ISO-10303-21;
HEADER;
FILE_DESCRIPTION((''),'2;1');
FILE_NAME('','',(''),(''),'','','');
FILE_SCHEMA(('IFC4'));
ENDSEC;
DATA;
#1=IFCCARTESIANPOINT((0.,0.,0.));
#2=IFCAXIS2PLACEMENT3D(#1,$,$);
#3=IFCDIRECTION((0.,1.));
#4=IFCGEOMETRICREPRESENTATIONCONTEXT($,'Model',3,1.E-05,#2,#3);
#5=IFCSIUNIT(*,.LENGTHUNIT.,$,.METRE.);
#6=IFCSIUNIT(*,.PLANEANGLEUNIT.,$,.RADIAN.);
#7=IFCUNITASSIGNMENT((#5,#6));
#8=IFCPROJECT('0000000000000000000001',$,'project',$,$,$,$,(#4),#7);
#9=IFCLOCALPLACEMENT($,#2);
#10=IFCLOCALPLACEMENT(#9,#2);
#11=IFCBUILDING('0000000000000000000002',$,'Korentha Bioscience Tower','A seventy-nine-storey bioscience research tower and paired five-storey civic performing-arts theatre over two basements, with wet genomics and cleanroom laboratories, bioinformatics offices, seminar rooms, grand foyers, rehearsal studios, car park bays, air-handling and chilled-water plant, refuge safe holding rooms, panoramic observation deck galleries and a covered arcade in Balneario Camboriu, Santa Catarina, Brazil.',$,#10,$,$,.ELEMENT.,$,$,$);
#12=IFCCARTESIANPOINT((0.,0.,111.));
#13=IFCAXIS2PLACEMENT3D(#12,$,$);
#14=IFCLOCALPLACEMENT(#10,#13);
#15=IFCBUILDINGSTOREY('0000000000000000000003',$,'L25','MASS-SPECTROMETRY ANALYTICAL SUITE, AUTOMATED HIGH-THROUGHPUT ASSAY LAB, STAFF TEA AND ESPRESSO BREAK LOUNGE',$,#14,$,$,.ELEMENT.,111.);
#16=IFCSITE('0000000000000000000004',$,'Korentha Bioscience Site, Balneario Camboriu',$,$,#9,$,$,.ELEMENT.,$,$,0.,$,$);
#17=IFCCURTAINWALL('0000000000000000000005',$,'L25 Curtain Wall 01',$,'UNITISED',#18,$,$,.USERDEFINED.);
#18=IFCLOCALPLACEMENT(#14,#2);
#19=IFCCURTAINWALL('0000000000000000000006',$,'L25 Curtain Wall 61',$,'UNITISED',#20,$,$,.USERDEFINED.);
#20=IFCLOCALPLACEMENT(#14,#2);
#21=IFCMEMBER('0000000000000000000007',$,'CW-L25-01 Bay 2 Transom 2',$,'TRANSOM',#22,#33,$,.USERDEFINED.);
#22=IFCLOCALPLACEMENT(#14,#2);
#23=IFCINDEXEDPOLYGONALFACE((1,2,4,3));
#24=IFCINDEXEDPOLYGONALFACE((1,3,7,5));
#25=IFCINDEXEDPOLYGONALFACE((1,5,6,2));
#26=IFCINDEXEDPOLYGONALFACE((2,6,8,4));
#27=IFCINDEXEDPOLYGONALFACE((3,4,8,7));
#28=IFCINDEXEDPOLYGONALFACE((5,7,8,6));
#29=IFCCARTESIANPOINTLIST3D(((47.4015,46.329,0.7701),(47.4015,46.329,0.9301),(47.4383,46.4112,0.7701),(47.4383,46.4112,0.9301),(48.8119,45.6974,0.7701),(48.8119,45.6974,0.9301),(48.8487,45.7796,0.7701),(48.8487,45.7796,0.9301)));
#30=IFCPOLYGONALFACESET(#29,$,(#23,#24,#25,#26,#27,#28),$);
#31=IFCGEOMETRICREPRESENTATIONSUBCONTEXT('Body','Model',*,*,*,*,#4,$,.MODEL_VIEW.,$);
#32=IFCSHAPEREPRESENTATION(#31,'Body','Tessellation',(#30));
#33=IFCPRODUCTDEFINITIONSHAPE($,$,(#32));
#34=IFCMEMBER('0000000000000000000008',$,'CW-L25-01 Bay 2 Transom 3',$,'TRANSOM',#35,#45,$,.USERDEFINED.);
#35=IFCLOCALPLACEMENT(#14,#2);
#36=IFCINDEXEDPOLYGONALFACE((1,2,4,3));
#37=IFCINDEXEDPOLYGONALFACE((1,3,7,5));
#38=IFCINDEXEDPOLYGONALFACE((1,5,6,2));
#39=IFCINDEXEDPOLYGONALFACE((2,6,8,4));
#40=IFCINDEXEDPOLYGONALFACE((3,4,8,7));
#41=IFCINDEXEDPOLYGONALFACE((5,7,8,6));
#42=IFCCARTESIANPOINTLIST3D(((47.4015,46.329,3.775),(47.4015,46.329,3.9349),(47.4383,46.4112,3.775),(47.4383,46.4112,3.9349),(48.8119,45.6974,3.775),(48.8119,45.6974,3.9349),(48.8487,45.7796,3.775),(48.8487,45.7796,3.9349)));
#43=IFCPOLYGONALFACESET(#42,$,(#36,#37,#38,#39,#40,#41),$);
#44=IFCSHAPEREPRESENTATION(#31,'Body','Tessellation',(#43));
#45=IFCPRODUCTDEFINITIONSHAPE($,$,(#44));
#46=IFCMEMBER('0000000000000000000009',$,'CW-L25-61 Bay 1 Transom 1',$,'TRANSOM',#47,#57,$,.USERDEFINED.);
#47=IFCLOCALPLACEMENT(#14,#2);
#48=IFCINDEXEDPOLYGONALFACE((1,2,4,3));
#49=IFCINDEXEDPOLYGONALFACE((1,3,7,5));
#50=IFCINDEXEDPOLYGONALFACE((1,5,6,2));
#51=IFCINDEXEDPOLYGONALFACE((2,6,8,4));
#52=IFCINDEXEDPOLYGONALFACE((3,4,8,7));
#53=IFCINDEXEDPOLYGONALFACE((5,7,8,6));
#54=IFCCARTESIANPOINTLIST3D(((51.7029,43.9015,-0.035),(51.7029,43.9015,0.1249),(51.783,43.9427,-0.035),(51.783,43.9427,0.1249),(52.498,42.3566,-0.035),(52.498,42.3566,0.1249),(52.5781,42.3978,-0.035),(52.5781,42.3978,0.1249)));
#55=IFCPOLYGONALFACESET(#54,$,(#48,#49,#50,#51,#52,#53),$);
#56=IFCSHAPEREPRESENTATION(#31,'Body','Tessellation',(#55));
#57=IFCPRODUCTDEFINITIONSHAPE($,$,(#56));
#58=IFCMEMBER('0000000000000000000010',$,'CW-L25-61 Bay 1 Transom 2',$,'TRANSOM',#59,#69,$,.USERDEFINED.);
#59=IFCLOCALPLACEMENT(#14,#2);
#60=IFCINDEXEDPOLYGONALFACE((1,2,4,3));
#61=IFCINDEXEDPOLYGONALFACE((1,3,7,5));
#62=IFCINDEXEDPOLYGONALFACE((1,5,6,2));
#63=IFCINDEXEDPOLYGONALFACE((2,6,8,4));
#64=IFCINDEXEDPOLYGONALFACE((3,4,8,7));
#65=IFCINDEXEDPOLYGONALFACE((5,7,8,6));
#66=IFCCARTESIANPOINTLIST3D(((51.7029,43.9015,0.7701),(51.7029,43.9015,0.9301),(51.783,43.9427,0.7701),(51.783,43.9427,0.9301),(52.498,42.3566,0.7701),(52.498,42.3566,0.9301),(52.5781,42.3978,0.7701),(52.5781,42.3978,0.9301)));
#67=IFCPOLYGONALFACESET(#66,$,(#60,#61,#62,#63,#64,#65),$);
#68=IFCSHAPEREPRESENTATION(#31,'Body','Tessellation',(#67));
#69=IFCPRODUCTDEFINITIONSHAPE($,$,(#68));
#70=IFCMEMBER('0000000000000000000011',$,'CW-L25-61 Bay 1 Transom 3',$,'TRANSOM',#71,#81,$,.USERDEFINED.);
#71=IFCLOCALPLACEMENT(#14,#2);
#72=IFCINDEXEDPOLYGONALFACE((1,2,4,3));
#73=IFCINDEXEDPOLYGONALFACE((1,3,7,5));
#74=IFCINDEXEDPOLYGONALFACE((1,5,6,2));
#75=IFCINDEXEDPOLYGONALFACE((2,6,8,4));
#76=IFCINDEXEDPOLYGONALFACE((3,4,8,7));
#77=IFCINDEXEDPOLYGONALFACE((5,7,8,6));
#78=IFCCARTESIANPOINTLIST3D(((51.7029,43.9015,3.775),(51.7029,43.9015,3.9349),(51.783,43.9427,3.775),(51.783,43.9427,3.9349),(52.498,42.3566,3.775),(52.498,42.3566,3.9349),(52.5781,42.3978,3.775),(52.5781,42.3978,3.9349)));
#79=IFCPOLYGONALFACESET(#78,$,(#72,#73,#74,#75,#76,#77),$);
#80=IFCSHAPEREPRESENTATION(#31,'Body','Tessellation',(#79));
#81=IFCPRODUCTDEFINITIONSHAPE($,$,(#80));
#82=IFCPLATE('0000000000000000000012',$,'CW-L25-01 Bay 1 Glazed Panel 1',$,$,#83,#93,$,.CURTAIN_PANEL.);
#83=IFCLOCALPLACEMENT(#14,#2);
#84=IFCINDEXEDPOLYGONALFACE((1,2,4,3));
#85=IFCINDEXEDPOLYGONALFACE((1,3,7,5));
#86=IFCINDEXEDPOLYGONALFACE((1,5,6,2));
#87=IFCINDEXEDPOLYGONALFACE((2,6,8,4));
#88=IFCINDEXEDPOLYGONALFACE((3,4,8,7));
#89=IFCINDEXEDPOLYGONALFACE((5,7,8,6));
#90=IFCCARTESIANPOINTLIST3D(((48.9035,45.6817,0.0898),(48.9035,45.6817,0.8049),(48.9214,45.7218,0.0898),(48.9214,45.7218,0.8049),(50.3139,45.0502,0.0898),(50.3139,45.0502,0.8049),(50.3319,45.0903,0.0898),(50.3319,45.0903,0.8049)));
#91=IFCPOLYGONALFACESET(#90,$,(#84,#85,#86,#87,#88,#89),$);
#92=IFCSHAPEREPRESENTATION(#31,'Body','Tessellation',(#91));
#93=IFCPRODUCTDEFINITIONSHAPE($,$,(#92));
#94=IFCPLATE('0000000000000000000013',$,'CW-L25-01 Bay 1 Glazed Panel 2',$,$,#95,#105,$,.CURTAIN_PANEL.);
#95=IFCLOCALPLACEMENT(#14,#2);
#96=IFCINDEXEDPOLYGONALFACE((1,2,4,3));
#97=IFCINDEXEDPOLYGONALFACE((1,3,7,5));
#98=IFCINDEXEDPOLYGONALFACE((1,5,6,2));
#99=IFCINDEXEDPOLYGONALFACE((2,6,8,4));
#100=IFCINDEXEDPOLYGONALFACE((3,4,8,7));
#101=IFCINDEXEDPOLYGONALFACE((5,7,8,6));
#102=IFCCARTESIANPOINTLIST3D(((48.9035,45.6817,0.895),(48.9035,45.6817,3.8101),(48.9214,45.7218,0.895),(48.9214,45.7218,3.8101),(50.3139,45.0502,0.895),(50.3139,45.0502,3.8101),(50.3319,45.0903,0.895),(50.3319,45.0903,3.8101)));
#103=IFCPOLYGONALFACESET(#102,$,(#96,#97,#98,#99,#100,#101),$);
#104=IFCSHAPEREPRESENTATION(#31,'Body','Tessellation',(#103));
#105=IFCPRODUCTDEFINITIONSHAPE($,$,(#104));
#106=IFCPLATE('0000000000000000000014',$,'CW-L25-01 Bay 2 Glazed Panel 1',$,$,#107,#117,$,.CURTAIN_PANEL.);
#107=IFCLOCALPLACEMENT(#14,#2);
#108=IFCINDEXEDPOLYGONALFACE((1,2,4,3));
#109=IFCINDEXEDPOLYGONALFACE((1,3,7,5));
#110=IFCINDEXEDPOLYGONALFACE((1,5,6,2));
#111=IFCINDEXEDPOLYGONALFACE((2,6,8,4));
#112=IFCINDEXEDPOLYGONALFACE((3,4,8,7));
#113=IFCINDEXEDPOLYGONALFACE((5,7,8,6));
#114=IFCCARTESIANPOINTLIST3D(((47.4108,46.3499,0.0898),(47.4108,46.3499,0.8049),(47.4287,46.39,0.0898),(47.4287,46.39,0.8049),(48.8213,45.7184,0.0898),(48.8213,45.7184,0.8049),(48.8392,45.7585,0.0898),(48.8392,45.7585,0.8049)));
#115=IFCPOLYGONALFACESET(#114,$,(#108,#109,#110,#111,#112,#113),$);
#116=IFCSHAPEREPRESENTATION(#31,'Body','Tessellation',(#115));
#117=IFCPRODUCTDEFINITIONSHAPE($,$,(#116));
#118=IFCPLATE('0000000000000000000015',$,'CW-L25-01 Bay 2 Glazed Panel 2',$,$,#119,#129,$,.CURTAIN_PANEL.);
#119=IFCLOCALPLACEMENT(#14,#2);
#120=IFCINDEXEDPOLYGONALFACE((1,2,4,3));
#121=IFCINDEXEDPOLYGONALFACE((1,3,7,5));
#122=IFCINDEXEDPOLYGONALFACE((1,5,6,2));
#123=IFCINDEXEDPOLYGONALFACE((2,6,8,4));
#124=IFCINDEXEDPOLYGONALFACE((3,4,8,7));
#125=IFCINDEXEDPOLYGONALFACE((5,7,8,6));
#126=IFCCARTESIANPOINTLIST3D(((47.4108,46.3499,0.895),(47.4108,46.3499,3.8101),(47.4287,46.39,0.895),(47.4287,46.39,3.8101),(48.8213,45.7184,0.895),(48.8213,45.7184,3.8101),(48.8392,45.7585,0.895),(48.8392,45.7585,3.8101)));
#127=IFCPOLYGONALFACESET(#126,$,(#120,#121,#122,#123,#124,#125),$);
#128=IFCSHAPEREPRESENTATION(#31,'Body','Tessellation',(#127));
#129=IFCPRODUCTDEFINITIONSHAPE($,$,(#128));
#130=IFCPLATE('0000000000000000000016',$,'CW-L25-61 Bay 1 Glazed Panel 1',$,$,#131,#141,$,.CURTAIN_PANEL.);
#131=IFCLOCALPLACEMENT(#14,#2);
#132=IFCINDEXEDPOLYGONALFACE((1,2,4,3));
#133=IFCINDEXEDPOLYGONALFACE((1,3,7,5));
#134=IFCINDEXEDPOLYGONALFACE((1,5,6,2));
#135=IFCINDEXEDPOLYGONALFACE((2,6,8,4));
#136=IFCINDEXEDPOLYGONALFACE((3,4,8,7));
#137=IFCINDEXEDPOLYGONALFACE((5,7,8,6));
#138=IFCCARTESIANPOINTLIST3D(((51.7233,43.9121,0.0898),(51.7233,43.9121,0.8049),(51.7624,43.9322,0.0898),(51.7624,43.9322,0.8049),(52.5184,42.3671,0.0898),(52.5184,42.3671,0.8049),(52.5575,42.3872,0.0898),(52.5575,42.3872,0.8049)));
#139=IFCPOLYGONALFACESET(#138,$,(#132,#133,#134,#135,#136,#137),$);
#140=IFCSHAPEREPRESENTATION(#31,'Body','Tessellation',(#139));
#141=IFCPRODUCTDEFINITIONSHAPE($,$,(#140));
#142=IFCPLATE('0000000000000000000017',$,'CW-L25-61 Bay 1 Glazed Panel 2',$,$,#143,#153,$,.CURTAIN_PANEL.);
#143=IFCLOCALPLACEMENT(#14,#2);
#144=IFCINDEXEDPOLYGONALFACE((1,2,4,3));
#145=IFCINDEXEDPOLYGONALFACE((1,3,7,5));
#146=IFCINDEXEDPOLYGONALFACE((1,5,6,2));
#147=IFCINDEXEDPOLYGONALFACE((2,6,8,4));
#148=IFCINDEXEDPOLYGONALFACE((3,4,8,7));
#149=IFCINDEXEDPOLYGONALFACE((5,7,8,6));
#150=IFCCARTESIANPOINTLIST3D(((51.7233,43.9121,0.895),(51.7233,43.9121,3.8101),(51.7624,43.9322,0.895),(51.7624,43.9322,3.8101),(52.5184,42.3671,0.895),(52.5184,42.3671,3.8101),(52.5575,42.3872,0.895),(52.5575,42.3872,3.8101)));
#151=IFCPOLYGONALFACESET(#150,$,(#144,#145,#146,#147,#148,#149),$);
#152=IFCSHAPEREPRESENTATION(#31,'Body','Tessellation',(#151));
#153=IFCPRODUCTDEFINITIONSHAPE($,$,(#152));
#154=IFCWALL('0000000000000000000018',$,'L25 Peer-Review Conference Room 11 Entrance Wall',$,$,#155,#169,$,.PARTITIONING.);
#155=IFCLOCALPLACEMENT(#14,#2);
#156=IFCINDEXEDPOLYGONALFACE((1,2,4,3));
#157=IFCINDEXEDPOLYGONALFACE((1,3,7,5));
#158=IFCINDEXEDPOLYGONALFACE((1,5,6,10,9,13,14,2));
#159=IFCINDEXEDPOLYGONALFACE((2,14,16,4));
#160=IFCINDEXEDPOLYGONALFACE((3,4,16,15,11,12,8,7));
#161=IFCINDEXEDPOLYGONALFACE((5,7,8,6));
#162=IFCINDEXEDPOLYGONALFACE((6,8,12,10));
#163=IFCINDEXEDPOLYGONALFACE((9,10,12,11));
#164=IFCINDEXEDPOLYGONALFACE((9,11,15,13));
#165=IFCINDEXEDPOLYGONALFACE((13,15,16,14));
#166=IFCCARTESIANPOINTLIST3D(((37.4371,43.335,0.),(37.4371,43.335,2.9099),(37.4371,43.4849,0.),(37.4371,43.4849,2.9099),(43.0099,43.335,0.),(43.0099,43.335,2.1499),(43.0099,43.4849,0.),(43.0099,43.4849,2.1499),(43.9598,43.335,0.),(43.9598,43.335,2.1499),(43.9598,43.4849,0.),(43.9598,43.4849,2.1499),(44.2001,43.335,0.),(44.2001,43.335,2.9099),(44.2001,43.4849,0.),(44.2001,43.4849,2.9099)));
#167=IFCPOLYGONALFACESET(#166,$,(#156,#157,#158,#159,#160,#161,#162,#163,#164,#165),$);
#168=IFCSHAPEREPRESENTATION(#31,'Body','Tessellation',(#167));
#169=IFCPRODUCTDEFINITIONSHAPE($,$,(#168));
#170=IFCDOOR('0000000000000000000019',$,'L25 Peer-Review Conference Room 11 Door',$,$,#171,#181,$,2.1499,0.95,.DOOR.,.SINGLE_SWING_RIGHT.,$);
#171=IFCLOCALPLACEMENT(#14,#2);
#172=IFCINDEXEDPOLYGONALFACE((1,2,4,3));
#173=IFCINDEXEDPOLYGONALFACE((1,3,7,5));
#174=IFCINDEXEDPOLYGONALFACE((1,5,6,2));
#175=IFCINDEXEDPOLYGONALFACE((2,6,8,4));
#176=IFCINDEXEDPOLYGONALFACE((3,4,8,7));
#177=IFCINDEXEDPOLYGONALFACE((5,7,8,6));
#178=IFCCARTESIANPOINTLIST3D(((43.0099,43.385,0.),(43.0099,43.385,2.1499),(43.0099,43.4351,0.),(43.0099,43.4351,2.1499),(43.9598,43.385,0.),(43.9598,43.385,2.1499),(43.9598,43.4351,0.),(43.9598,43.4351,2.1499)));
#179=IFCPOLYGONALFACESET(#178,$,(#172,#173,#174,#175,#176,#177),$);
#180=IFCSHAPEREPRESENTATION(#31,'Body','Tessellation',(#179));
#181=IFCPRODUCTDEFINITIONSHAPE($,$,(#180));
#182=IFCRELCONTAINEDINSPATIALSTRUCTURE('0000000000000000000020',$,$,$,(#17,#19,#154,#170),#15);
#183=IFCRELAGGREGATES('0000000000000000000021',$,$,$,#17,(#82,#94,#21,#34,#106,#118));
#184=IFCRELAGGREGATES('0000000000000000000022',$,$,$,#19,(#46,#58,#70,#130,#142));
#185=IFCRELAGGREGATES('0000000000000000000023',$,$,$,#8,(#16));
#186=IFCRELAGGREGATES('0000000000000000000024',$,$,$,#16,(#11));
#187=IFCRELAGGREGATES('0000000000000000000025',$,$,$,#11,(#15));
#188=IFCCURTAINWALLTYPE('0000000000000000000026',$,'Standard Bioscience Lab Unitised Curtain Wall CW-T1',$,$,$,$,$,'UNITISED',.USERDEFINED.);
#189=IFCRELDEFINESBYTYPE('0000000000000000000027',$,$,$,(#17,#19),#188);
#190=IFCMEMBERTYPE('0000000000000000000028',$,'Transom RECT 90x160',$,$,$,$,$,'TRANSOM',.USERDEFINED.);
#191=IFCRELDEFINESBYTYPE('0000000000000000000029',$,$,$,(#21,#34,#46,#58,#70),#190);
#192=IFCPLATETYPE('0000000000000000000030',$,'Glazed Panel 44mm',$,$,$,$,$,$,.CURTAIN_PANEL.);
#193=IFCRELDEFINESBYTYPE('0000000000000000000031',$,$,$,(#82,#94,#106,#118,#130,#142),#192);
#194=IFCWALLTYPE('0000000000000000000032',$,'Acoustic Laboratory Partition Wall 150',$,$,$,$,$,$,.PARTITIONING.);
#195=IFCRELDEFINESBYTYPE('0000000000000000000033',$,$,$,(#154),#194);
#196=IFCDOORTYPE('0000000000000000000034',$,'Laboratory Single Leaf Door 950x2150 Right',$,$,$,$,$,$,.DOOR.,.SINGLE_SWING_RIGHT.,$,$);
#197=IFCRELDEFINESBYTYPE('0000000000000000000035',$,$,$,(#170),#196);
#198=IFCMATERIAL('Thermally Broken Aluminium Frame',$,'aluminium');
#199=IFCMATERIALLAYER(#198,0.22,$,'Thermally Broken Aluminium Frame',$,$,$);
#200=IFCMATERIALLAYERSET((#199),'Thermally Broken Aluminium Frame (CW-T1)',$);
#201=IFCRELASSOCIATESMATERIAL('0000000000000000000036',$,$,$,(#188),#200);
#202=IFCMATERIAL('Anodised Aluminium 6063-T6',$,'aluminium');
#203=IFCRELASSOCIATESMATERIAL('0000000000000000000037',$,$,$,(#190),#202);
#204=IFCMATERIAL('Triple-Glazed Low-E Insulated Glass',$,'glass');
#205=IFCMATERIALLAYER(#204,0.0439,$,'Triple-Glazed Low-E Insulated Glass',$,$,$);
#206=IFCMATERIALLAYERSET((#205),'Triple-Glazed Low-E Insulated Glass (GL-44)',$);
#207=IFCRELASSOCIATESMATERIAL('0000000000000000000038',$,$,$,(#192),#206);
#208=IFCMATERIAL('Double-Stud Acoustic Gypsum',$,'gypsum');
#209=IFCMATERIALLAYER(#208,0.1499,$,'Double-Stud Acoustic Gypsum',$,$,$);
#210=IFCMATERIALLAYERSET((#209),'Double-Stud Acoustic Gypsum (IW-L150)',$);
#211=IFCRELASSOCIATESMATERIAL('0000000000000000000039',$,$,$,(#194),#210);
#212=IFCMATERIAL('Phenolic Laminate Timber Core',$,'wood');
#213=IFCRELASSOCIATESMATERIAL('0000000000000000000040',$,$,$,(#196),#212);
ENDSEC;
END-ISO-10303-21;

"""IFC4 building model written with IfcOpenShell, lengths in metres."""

from ifc_helpers import new_model, si_unit, direction, frame, frame_2d, origin, origin_2d, place, context, subcontext, project, spatial, rectangle, extrude, material, layer, layer_set, material_profile, profile_set, type_object, element, fill, aggregate, save


model = new_model("IFC4")

# Units and contexts
model_context = context("Model", 3, precision=1e-05, world=origin(), true_north=direction((0.0, 1.0)))
body_context = subcontext(model_context, "Body", "Model", "MODEL_VIEW")
ifc_project = project(units=[si_unit("LENGTHUNIT", "METRE"), si_unit("PLANEANGLEUNIT", "RADIAN")], contexts=[model_context])

# Site, building, storey
site_placement = place(None, origin())
site = spatial("IfcSite", under=ifc_project, at=site_placement, Name="Korentha Bioscience Site, Balneario Camboriu", CompositionType="ELEMENT", RefElevation=0.0)
building_placement = place(site_placement, origin())
building = spatial("IfcBuilding", under=site, at=building_placement, Name="Korentha Bioscience Tower", Description="A seventy-nine-storey bioscience research tower and paired five-storey civic performing-arts theatre over two basements, with wet genomics and cleanroom laboratories, bioinformatics offices, seminar rooms, grand foyers, rehearsal studios, car park bays, air-handling and chilled-water plant, refuge safe holding rooms, panoramic observation deck galleries and a covered arcade in Balneario Camboriu, Santa Catarina, Brazil.", CompositionType="ELEMENT")
storey_placement = place(building_placement, frame((0.0, 0.0, 111.0)))
storey = spatial("IfcBuildingStorey", under=building, at=storey_placement, Name="L25", Description="MASS-SPECTROMETRY ANALYTICAL SUITE, AUTOMATED HIGH-THROUGHPUT ASSAY LAB, STAFF TEA AND ESPRESSO BREAK LOUNGE", CompositionType="ELEMENT", Elevation=111.0)

# Curtain walls
ifc_material_1 = material(Name="Thermally Broken Aluminium Frame", Category="aluminium")
ifc_layer_1 = layer(ifc_material_1, 0.22, Name="Thermally Broken Aluminium Frame")
ifc_layer_set_1 = layer_set([ifc_layer_1], Name="Thermally Broken Aluminium Frame (CW-T1)")
curtain_wall_type = type_object("IfcCurtainWallType", Name="Standard Bioscience Lab Unitised Curtain Wall CW-T1", ElementType="UNITISED", PredefinedType="USERDEFINED", material=ifc_layer_set_1)
curtain_wall_1_placement = place(storey_placement, origin())
curtain_wall_1 = element("IfcCurtainWall", 1, at=curtain_wall_1_placement, inside=storey, type_object=curtain_wall_type, Name="L25 Curtain Wall 01", ObjectType="UNITISED", PredefinedType="USERDEFINED")
ifc_material_2 = material(Name="Anodised Aluminium 6063-T6", Category="aluminium")
curtain_wall_2_placement = place(storey_placement, origin())
curtain_wall_2 = element("IfcCurtainWall", 2, at=curtain_wall_2_placement, inside=storey, type_object=curtain_wall_type, Name="L25 Curtain Wall 61", ObjectType="UNITISED", PredefinedType="USERDEFINED")

# Members
ifc_material_profile_1 = material_profile(ifc_material_2, rectangle(XDim=0.0901, YDim=0.1599, at=origin_2d()), Name="Anodised Aluminium 6063-T6")
ifc_profile_set_1 = profile_set([ifc_material_profile_1], Name="Anodised Aluminium 6063-T6 (CW-TRN)")
member_type_1 = type_object("IfcMemberType", Name="Transom RECT 90x160", ElementType="TRANSOM", PredefinedType="USERDEFINED", material=ifc_profile_set_1)
member_1_placement = place(storey_placement, frame((48.8303, 45.7385, 0.8501), z_axis=(-0.912668, 0.408702, 0.0), x_axis=(-0.408702, -0.912668, 0.0)))
member_1 = element("IfcMember", 3, at=member_1_placement, type_object=member_type_1, Name="CW-L25-01 Bay 2 Transom 2", ObjectType="TRANSOM", PredefinedType="USERDEFINED", context=body_context, shape_type="SweptSolid", body=[
    extrude(rectangle(XDim=0.0901, YDim=0.1599, at=origin_2d()), origin(), (0.0, 0.0, 1.0), 1.5454),
])
member_2_placement = place(storey_placement, frame((48.8303, 45.7385, 3.855), z_axis=(-0.912668, 0.408702, 0.0), x_axis=(-0.408702, -0.912668, 0.0)))
member_2 = element("IfcMember", 4, at=member_2_placement, type_object=member_type_1, Name="CW-L25-01 Bay 2 Transom 3", ObjectType="TRANSOM", PredefinedType="USERDEFINED", context=body_context, shape_type="SweptSolid", body=[
    extrude(rectangle(XDim=0.0901, YDim=0.1599, at=origin_2d()), origin(), (0.0, 0.0, 1.0), 1.5454),
])
member_3_placement = place(storey_placement, frame((52.5381, 42.3772, 0.0449), z_axis=(-0.457637, 0.889139, 0.0), x_axis=(-0.889139, -0.457637, 0.0)))
member_3 = element("IfcMember", 5, at=member_3_placement, type_object=member_type_1, Name="CW-L25-61 Bay 1 Transom 1", ObjectType="TRANSOM", PredefinedType="USERDEFINED", context=body_context, shape_type="SweptSolid", body=[
    extrude(rectangle(XDim=0.0901, YDim=0.1599, at=origin_2d()), origin(), (0.0, 0.0, 1.0), 1.7375),
])
member_4_placement = place(storey_placement, frame((52.5381, 42.3772, 0.8501), z_axis=(-0.457637, 0.889139, 0.0), x_axis=(-0.889139, -0.457637, 0.0)))
member_4 = element("IfcMember", 6, at=member_4_placement, type_object=member_type_1, Name="CW-L25-61 Bay 1 Transom 2", ObjectType="TRANSOM", PredefinedType="USERDEFINED", context=body_context, shape_type="SweptSolid", body=[
    extrude(rectangle(XDim=0.0901, YDim=0.1599, at=origin_2d()), origin(), (0.0, 0.0, 1.0), 1.7375),
])
member_5_placement = place(storey_placement, frame((52.5381, 42.3772, 3.855), z_axis=(-0.457637, 0.889139, 0.0), x_axis=(-0.889139, -0.457637, 0.0)))
member_5 = element("IfcMember", 7, at=member_5_placement, type_object=member_type_1, Name="CW-L25-61 Bay 1 Transom 3", ObjectType="TRANSOM", PredefinedType="USERDEFINED", context=body_context, shape_type="SweptSolid", body=[
    extrude(rectangle(XDim=0.0901, YDim=0.1599, at=origin_2d()), origin(), (0.0, 0.0, 1.0), 1.7375),
])

# Plates
ifc_material_3 = material(Name="Triple-Glazed Low-E Insulated Glass", Category="glass")
ifc_layer_2 = layer(ifc_material_3, 0.0439, Name="Triple-Glazed Low-E Insulated Glass")
ifc_layer_set_2 = layer_set([ifc_layer_2], Name="Triple-Glazed Low-E Insulated Glass (GL-44)")
plate_type = type_object("IfcPlateType", Name="Glazed Panel 44mm", PredefinedType="CURTAIN_PANEL", material=ifc_layer_set_2)
plate_1_placement = place(storey_placement, frame((49.6177, 45.386, 0.0898), z_axis=(0.0, 0.0, 1.0), x_axis=(-0.912687, 0.40866, 0.0)))
plate_1 = element("IfcPlate", 8, at=plate_1_placement, type_object=plate_type, Name="CW-L25-01 Bay 1 Glazed Panel 1", PredefinedType="CURTAIN_PANEL", context=body_context, shape_type="SweptSolid", body=[
    extrude(rectangle(XDim=1.5454, YDim=0.0439, at=origin_2d()), origin(), (0.0, 0.0, 1.0), 0.7151),
])
plate_2_placement = place(storey_placement, frame((49.6177, 45.386, 0.895), z_axis=(0.0, 0.0, 1.0), x_axis=(-0.912687, 0.40866, 0.0)))
plate_2 = element("IfcPlate", 9, at=plate_2_placement, type_object=plate_type, Name="CW-L25-01 Bay 1 Glazed Panel 2", PredefinedType="CURTAIN_PANEL", context=body_context, shape_type="SweptSolid", body=[
    extrude(rectangle(XDim=1.5454, YDim=0.0439, at=origin_2d()), origin(), (0.0, 0.0, 1.0), 2.915),
])
plate_3_placement = place(storey_placement, frame((48.125, 46.0542, 0.0898), z_axis=(0.0, 0.0, 1.0), x_axis=(-0.912687, 0.40866, 0.0)))
plate_3 = element("IfcPlate", 10, at=plate_3_placement, type_object=plate_type, Name="CW-L25-01 Bay 2 Glazed Panel 1", PredefinedType="CURTAIN_PANEL", context=body_context, shape_type="SweptSolid", body=[
    extrude(rectangle(XDim=1.5454, YDim=0.0439, at=origin_2d()), origin(), (0.0, 0.0, 1.0), 0.7151),
])
plate_4_placement = place(storey_placement, frame((48.125, 46.0542, 0.895), z_axis=(0.0, 0.0, 1.0), x_axis=(-0.912687, 0.40866, 0.0)))
plate_4 = element("IfcPlate", 11, at=plate_4_placement, type_object=plate_type, Name="CW-L25-01 Bay 2 Glazed Panel 2", PredefinedType="CURTAIN_PANEL", context=body_context, shape_type="SweptSolid", body=[
    extrude(rectangle(XDim=1.5454, YDim=0.0439, at=origin_2d()), origin(), (0.0, 0.0, 1.0), 2.915),
])
aggregate(curtain_wall_1, [plate_1, plate_2, member_1, member_2, plate_3, plate_4])
plate_5_placement = place(storey_placement, frame((52.1404, 43.1497, 0.0898), z_axis=(0.0, 0.0, 1.0), x_axis=(-0.457613, 0.889151, 0.0)))
plate_5 = element("IfcPlate", 12, at=plate_5_placement, type_object=plate_type, Name="CW-L25-61 Bay 1 Glazed Panel 1", PredefinedType="CURTAIN_PANEL", context=body_context, shape_type="SweptSolid", body=[
    extrude(rectangle(XDim=1.7375, YDim=0.0439, at=origin_2d()), origin(), (0.0, 0.0, 1.0), 0.7151),
])
plate_6_placement = place(storey_placement, frame((52.1404, 43.1497, 0.895), z_axis=(0.0, 0.0, 1.0), x_axis=(-0.457613, 0.889151, 0.0)))
plate_6 = element("IfcPlate", 13, at=plate_6_placement, type_object=plate_type, Name="CW-L25-61 Bay 1 Glazed Panel 2", PredefinedType="CURTAIN_PANEL", context=body_context, shape_type="SweptSolid", body=[
    extrude(rectangle(XDim=1.7375, YDim=0.0439, at=origin_2d()), origin(), (0.0, 0.0, 1.0), 2.915),
])
aggregate(curtain_wall_2, [member_3, member_4, member_5, plate_5, plate_6])

# Wall, opening, door
ifc_material_4 = material(Name="Double-Stud Acoustic Gypsum", Category="gypsum")
ifc_layer_3 = layer(ifc_material_4, 0.1499, Name="Double-Stud Acoustic Gypsum")
ifc_layer_set_3 = layer_set([ifc_layer_3], Name="Double-Stud Acoustic Gypsum (IW-L150)")
wall_type_1 = type_object("IfcWallType", Name="Acoustic Laboratory Partition Wall 150", PredefinedType="PARTITIONING", material=ifc_layer_set_3)
wall_1_placement = place(storey_placement, frame((44.2, 43.4099, 0.0), z_axis=(0.0, 0.0, 1.0), x_axis=(-1.0, 0.0, 0.0)))
wall_1 = element("IfcWall", 14, at=wall_1_placement, inside=storey, type_object=wall_type_1, Name="L25 Peer-Review Conference Room 11 Entrance Wall", PredefinedType="PARTITIONING", context=body_context, shape_type="SweptSolid", body=[
    extrude(rectangle(XDim=6.7629, YDim=0.1499, at=frame_2d((3.3813, 0.0))), origin(), (0.0, 0.0, 1.0), 2.9099),
])
opening_1_placement = place(wall_1_placement, frame((0.24, 0.0, 0.0)))
opening_1 = element("IfcOpeningElement", 15, at=opening_1_placement, cuts=wall_1, PredefinedType="OPENING", context=body_context, shape_type="SweptSolid", body=[
    extrude(rectangle(XDim=0.95, YDim=2.1499, at=frame_2d((0.4751, 1.075))), frame((0.0, 0.0898, 0.0), z_axis=(0.0, -1.0, 0.0), x_axis=(1.0, 0.0, 0.0)), (0.0, 0.0, 1.0), 0.1797),
])
ifc_material_5 = material(Name="Phenolic Laminate Timber Core", Category="wood")
door_type = type_object("IfcDoorType", Name="Laboratory Single Leaf Door 950x2150 Right", OperationType="SINGLE_SWING_RIGHT", PredefinedType="DOOR", material=ifc_material_5)
door_placement = place(opening_1_placement, origin())
door = element("IfcDoor", 16, at=door_placement, inside=storey, type_object=door_type, Name="L25 Peer-Review Conference Room 11 Door", OperationType="SINGLE_SWING_RIGHT", OverallHeight=2.1499, OverallWidth=0.95, PredefinedType="DOOR", context=body_context, shape_type="SweptSolid", body=[
    extrude(rectangle(XDim=0.95, YDim=2.1499, at=frame_2d((0.4751, 1.075))), frame((0.0, 0.0249, 0.0), z_axis=(0.0, -1.0, 0.0), x_axis=(1.0, 0.0, 0.0)), (0.0, 0.0, 1.0), 0.05),
])
fill(opening_1, door)

save(model, "model.ifc")
